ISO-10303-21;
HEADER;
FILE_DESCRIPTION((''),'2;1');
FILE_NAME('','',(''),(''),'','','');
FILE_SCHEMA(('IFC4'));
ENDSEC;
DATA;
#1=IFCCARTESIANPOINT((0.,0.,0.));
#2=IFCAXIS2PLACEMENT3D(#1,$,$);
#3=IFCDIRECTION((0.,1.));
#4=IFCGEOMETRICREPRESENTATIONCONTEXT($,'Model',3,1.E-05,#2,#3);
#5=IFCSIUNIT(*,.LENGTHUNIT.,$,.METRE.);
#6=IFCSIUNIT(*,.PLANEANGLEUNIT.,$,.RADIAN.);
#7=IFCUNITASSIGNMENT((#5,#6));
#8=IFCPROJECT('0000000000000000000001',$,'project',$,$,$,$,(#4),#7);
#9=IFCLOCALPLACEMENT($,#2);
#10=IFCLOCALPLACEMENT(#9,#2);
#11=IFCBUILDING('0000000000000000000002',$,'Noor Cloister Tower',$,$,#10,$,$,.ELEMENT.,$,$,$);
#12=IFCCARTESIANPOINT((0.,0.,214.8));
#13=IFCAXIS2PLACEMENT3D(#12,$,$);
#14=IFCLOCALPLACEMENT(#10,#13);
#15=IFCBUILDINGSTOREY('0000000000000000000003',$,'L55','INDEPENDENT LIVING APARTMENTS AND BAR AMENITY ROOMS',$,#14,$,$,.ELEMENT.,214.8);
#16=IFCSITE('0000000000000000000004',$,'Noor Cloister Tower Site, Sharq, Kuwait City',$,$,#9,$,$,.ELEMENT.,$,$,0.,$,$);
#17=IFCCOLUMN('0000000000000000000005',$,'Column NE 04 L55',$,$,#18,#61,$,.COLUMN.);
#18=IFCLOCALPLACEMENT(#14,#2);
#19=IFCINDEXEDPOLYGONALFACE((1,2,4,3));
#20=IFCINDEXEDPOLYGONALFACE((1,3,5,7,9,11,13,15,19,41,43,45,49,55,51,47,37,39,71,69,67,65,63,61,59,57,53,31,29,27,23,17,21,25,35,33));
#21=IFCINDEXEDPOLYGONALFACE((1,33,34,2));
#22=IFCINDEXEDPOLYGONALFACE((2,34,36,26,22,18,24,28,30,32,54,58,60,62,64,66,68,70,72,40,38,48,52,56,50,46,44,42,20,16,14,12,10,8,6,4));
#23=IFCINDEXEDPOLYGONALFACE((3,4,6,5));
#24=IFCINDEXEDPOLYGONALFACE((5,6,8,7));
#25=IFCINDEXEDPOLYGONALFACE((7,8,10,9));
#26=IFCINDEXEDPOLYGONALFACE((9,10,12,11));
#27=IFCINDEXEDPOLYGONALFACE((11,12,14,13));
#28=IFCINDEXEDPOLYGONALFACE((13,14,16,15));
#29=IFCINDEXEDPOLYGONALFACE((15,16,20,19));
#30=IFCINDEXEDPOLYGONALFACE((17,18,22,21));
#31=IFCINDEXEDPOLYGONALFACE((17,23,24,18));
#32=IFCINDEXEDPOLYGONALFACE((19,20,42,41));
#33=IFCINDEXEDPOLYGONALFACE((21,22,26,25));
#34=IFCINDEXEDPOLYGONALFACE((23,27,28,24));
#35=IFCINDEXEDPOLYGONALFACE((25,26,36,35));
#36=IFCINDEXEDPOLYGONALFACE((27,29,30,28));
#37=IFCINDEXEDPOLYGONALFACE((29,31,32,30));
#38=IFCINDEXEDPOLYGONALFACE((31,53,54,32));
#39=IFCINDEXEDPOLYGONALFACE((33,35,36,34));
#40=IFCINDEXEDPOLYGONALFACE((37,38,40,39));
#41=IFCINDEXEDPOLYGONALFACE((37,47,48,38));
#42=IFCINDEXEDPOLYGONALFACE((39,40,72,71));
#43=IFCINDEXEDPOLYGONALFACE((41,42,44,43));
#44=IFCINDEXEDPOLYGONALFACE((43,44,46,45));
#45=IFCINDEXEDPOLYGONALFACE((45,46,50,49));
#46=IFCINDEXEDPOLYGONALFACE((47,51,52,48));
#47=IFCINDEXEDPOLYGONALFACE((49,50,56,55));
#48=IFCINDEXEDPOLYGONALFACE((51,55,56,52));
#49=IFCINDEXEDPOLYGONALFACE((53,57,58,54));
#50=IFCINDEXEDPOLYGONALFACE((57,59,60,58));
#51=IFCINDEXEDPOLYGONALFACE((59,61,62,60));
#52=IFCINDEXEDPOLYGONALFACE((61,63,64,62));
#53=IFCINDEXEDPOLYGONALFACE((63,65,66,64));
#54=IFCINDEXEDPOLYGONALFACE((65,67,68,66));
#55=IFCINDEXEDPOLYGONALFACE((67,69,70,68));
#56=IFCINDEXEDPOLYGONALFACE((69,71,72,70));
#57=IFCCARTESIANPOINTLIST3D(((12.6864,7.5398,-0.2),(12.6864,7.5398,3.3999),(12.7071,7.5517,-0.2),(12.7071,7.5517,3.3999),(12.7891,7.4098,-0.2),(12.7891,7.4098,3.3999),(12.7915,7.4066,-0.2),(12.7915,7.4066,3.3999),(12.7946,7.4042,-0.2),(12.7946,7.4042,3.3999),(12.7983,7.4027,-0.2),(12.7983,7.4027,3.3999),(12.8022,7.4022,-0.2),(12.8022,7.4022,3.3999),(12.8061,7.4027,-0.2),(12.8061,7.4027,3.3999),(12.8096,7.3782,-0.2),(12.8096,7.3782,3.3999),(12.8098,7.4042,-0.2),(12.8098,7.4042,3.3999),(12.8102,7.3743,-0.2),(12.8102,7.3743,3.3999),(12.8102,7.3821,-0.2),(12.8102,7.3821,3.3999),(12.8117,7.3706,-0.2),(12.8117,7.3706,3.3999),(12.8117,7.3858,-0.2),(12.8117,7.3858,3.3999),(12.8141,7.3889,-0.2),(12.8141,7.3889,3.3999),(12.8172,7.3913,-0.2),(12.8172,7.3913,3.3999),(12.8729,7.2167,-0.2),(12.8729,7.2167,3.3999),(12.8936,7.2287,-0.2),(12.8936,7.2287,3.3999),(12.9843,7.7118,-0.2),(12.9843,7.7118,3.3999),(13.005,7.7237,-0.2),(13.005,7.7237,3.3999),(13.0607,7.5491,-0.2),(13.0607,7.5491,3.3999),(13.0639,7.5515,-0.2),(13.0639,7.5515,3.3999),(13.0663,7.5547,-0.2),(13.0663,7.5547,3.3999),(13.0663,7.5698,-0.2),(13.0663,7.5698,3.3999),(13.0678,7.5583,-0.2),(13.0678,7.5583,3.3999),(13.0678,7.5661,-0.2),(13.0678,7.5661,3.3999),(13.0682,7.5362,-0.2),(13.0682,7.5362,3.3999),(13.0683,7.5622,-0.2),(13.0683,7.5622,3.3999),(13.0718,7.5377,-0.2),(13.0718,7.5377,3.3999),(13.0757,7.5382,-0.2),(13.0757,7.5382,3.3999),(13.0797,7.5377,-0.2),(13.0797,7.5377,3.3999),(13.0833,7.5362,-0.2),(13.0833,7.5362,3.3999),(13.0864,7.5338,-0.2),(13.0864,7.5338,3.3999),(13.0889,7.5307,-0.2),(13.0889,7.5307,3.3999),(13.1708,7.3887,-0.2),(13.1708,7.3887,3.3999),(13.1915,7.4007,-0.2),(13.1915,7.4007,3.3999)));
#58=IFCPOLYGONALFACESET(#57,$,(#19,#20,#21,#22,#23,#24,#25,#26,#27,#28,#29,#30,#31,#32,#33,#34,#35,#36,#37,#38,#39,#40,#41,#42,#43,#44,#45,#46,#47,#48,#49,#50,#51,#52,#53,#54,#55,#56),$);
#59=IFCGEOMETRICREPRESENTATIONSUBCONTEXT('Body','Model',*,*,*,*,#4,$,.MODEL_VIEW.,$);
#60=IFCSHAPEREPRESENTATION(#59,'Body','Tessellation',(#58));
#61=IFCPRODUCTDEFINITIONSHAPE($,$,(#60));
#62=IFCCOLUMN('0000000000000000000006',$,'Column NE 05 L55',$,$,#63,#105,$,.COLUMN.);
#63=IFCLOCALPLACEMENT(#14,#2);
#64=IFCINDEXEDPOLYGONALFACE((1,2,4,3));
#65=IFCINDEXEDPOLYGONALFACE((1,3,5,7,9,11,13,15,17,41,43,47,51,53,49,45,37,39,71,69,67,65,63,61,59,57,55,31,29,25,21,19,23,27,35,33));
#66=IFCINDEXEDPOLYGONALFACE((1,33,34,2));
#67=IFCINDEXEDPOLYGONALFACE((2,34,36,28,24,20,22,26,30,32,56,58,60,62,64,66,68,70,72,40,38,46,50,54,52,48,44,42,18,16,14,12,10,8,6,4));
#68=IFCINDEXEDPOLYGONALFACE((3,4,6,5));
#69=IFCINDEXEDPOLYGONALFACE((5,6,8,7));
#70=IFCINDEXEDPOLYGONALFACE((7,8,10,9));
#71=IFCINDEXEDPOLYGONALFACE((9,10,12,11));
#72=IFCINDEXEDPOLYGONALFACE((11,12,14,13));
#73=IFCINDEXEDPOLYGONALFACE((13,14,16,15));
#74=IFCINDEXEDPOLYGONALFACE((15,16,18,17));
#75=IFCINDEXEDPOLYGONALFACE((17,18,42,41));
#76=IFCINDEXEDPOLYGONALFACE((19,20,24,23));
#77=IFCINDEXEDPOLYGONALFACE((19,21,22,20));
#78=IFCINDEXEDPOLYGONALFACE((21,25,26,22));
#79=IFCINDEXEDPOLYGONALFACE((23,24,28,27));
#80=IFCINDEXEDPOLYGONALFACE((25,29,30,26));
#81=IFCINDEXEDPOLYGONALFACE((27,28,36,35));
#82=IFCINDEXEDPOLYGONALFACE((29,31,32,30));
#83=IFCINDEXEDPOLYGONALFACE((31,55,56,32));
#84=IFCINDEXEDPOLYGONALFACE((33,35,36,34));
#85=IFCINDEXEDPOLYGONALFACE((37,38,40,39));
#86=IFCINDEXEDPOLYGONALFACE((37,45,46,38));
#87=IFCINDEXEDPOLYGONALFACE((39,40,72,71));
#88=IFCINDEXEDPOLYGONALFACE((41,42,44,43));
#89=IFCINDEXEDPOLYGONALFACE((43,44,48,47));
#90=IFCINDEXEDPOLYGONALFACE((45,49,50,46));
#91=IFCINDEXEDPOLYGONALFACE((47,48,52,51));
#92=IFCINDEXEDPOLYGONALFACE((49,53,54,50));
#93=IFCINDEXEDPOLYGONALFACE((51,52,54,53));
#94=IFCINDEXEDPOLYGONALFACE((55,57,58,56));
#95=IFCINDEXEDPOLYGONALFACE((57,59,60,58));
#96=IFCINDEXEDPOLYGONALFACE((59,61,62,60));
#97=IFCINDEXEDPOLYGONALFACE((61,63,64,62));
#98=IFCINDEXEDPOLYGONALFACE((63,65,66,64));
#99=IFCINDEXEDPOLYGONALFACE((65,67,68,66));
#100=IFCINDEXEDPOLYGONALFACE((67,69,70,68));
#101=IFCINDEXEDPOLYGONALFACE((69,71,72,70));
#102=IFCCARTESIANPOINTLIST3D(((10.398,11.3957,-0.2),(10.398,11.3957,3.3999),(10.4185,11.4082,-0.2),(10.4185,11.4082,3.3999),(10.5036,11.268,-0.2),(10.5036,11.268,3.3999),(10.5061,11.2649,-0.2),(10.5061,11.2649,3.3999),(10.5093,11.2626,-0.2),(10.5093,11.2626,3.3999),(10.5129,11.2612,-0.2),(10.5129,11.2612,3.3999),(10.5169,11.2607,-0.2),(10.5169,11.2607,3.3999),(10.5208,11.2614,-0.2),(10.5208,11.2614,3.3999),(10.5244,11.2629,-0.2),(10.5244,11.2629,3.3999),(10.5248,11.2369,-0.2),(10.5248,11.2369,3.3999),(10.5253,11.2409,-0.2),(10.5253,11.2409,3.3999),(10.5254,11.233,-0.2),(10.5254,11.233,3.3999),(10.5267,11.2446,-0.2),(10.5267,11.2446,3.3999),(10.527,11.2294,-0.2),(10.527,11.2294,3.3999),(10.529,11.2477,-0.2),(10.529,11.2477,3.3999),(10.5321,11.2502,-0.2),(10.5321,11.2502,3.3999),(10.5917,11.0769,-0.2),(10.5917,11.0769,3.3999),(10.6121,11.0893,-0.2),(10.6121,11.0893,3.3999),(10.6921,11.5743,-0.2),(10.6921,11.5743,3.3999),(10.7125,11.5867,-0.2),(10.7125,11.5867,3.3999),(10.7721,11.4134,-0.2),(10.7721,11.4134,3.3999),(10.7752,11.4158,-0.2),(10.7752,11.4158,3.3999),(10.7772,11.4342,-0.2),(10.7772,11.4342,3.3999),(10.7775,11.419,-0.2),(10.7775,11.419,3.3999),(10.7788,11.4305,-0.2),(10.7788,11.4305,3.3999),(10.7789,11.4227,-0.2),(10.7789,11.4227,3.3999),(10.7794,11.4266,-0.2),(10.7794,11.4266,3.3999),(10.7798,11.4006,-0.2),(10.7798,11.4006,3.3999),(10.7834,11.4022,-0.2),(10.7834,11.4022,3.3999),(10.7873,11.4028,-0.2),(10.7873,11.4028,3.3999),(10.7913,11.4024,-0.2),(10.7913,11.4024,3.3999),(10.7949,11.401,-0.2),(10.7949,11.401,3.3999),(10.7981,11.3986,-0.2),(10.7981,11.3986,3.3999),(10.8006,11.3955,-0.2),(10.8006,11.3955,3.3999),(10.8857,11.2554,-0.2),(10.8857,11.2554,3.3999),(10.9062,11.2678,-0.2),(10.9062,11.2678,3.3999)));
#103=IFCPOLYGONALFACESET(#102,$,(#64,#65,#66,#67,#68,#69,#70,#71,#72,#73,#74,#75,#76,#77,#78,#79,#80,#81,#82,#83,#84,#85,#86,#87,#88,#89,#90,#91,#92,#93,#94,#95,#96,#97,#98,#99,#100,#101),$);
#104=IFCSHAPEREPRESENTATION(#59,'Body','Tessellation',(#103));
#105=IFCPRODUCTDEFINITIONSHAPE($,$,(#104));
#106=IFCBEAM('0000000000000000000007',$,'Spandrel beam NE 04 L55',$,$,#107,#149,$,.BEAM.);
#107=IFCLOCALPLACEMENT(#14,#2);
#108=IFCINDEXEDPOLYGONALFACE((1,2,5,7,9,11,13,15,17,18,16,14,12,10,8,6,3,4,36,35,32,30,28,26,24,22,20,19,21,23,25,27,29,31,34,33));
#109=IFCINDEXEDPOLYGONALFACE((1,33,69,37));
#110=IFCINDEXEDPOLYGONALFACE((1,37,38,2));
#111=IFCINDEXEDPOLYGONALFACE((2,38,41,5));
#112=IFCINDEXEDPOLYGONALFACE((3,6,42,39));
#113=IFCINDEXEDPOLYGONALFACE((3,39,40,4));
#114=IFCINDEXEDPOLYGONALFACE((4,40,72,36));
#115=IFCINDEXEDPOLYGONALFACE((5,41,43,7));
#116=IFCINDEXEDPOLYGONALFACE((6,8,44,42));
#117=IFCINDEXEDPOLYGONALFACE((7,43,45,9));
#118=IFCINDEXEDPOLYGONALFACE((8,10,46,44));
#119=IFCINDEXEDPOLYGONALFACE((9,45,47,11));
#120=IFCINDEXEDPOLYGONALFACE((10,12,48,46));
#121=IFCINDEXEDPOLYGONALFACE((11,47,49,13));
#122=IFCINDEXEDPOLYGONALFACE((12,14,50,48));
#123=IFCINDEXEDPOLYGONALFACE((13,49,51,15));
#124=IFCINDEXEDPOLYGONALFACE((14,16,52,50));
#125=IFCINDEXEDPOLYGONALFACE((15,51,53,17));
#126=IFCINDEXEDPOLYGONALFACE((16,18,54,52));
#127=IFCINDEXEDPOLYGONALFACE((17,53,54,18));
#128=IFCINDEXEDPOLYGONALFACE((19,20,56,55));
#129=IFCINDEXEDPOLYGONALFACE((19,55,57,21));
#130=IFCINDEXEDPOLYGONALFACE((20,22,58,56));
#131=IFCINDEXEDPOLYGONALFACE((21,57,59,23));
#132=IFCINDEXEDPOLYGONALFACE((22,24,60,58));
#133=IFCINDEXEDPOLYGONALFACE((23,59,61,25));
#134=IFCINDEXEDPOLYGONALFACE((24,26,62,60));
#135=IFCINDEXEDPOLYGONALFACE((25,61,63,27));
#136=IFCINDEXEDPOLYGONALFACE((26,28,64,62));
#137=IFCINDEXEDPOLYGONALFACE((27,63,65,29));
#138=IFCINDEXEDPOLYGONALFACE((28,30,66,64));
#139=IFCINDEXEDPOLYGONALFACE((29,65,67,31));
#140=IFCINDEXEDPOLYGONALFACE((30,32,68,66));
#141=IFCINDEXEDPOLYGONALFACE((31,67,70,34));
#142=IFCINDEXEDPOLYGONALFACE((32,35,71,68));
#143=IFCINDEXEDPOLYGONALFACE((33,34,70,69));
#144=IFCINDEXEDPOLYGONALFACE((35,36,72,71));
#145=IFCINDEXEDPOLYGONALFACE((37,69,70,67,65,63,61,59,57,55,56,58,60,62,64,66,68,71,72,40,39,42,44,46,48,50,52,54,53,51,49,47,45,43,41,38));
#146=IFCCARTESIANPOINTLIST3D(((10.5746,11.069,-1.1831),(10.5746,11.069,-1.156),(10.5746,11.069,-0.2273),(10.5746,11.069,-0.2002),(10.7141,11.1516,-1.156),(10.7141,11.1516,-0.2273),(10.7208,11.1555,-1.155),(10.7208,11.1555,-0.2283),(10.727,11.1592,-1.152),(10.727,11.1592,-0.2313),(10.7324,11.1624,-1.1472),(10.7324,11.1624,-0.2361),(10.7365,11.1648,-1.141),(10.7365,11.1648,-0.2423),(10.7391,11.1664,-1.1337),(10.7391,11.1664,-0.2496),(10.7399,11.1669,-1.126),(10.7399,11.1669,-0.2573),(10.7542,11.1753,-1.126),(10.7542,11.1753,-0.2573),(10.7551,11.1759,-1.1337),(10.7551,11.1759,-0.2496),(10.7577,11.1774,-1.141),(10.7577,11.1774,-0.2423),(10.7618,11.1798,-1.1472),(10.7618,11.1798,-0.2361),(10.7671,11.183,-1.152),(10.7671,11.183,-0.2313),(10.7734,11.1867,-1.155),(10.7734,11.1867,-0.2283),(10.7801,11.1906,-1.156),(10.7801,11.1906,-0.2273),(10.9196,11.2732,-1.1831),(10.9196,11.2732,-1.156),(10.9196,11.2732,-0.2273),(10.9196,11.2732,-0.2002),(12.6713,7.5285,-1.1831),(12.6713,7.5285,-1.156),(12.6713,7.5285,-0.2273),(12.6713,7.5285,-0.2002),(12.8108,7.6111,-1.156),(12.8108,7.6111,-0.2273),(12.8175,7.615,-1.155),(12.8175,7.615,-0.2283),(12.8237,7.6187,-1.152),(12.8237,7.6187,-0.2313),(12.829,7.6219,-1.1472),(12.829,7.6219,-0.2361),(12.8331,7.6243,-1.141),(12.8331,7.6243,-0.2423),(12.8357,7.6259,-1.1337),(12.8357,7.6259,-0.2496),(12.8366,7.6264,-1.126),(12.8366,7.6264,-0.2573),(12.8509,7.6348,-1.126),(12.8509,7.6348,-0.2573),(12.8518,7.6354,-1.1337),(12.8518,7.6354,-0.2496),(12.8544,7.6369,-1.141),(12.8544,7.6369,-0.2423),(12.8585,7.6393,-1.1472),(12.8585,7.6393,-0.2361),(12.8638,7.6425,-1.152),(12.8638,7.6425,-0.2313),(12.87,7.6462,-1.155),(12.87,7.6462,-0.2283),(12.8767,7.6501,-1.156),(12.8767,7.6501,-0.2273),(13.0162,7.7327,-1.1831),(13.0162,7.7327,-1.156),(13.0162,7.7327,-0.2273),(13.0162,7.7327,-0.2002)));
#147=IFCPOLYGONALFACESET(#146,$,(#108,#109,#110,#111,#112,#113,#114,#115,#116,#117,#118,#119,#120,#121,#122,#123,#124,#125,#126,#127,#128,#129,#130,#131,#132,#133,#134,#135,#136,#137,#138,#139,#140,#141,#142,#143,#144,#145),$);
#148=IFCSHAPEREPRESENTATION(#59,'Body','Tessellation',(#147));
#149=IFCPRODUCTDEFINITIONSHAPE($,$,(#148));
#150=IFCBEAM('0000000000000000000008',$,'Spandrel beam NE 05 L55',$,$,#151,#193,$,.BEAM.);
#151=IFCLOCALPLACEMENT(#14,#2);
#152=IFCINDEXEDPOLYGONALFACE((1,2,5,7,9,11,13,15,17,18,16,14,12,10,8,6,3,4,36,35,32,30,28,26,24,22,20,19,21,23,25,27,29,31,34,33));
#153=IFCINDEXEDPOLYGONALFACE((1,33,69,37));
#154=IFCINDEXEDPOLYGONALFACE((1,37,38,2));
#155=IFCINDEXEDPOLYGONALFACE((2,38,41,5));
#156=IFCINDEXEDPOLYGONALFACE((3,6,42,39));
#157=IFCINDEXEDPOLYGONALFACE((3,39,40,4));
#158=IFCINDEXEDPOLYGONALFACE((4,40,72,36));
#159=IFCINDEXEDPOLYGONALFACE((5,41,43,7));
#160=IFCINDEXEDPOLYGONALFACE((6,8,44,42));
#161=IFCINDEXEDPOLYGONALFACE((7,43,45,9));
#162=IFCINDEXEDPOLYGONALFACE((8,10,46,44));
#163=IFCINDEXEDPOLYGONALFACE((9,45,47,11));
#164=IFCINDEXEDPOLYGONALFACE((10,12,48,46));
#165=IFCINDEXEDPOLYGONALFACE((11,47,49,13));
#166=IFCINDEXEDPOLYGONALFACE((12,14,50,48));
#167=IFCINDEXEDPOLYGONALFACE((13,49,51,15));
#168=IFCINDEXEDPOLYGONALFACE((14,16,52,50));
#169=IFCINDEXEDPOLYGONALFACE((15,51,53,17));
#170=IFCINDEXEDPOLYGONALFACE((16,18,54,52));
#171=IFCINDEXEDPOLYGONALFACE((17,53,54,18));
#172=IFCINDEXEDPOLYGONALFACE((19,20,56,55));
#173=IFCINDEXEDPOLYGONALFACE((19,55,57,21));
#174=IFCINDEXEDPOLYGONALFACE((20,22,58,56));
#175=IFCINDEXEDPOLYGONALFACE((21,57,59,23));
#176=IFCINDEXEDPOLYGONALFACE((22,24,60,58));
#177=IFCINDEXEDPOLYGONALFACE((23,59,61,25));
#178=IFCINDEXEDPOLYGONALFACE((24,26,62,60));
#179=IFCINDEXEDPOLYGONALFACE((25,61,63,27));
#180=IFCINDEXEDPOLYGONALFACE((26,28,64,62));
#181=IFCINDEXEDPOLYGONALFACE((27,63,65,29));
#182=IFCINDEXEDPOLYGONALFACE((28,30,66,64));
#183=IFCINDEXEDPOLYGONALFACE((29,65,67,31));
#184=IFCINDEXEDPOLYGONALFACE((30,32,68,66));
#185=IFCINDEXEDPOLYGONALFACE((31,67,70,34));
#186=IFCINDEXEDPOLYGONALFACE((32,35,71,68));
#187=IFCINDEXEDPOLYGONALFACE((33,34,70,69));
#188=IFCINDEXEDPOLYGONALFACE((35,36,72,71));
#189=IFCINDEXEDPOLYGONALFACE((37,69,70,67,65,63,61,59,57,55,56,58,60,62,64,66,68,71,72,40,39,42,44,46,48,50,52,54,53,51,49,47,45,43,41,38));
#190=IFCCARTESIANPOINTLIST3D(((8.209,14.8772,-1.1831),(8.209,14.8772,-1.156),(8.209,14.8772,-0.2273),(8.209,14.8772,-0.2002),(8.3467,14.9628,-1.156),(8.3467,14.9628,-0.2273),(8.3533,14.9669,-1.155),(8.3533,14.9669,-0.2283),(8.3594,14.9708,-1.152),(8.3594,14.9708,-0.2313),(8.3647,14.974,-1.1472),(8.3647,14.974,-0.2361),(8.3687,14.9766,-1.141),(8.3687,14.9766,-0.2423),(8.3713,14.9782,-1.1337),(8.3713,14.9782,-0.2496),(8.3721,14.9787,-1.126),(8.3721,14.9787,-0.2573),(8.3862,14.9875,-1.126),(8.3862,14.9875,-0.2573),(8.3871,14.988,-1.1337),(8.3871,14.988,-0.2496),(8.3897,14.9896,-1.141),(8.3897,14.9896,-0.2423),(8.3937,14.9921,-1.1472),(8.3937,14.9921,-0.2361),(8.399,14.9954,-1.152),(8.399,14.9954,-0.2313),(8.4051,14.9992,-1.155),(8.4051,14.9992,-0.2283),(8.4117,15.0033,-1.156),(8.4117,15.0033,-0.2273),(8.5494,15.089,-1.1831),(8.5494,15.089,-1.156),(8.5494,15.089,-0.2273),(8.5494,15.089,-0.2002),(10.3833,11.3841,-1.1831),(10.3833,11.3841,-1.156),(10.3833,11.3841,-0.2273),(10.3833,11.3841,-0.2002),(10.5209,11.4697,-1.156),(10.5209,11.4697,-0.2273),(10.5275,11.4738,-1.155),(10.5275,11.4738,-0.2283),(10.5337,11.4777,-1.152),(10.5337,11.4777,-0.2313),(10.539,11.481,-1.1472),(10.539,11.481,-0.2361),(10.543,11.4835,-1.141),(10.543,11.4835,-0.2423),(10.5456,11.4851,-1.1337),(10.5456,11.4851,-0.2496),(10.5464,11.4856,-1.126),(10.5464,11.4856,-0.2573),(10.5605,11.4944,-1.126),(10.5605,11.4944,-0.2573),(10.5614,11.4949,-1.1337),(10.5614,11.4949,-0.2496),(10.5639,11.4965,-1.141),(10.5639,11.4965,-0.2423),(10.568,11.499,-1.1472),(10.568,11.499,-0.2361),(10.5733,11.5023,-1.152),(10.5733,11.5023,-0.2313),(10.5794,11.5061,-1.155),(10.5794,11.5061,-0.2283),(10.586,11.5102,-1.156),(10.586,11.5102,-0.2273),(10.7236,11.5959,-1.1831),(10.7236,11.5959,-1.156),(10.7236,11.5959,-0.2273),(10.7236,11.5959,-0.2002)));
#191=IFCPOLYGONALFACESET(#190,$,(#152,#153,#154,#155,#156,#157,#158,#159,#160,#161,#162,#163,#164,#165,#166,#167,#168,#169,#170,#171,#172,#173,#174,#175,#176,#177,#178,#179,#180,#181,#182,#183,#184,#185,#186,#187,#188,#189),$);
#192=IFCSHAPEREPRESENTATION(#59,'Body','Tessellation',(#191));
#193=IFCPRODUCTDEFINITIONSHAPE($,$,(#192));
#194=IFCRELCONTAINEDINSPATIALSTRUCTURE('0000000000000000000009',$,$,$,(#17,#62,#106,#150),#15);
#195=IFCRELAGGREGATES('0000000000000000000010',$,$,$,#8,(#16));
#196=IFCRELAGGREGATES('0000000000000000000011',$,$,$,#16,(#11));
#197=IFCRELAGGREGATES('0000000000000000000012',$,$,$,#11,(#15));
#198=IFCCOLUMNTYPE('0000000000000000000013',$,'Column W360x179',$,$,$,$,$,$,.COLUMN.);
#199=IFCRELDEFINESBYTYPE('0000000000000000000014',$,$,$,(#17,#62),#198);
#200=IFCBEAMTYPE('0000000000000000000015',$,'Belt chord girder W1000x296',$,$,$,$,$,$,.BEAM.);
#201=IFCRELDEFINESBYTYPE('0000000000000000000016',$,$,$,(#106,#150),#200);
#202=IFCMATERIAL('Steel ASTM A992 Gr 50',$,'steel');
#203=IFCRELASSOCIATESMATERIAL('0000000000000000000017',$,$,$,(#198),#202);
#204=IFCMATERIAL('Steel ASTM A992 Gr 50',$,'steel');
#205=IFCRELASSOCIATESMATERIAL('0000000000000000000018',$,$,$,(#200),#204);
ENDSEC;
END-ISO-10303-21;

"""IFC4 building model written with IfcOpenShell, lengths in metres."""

from ifc_helpers import new_model, si_unit, direction, frame, origin, origin_2d, place, context, subcontext, project, spatial, i_section, extrude, material, material_profile, profile_set, type_object, element, save


model = new_model("IFC4")

# Units and contexts
model_context = context("Model", 3, precision=1e-05, world=origin(), true_north=direction((0.0, 1.0)))
body_context = subcontext(model_context, "Body", "Model", "MODEL_VIEW")
ifc_project = project(units=[si_unit("LENGTHUNIT", "METRE"), si_unit("PLANEANGLEUNIT", "RADIAN")], contexts=[model_context])

# Site, building, storey
site_placement = place(None, origin())
site = spatial("IfcSite", under=ifc_project, at=site_placement, Name="Noor Cloister Tower Site, Sharq, Kuwait City", CompositionType="ELEMENT", RefElevation=0.0)
building_placement = place(site_placement, origin())
building = spatial("IfcBuilding", under=site, at=building_placement, Name="Noor Cloister Tower", CompositionType="ELEMENT")
storey_placement = place(building_placement, frame((0.0, 0.0, 214.8)))
storey = spatial("IfcBuildingStorey", under=building, at=storey_placement, Name="L55", Description="INDEPENDENT LIVING APARTMENTS AND BAR AMENITY ROOMS", CompositionType="ELEMENT", Elevation=214.8)

# Columns
ifc_material_1 = material(Name="Steel ASTM A992 Gr 50", Category="steel")
ifc_material_profile_1 = material_profile(ifc_material_1, i_section(OverallWidth=0.373, OverallDepth=0.3679, WebThickness=0.0149, FlangeThickness=0.0239, FilletRadius=0.0151, at=origin_2d()), Name="W360x179")
ifc_profile_set_1 = profile_set([ifc_material_profile_1], Name="Steel ASTM A992 Gr 50")
column_type = type_object("IfcColumnType", Name="Column W360x179", PredefinedType="COLUMN", material=ifc_profile_set_1)
for number, where, z_axis, x_axis, name in (
    (1, (12.939, 7.4702, -0.2), (0.0, 0.0, 1.0), (-0.5, 0.866025, 0.0), "Column NE 04 L55"),
    (2, (10.6521, 11.3318, -0.2), (0.0, 0.0, 1.0), (-0.519044, 0.854747, 0.0), "Column NE 05 L55"),
):
    element("IfcColumn", number, at=place(storey_placement, frame(where, z_axis=z_axis, x_axis=x_axis)), inside=storey, type_object=column_type, Name=name, PredefinedType="COLUMN", context=body_context, shape_type="SweptSolid", body=[
        extrude(i_section(OverallWidth=0.373, OverallDepth=0.3679, WebThickness=0.0149, FlangeThickness=0.0239, FilletRadius=0.0151, at=origin_2d()), origin(), (0.0, 0.0, 1.0), 3.5999),
    ])

# Beams
ifc_material_2 = material(Name="Steel ASTM A992 Gr 50", Category="steel")
ifc_material_profile_2 = material_profile(ifc_material_2, i_section(OverallWidth=0.4009, OverallDepth=0.9829, WebThickness=0.0166, FlangeThickness=0.0271, FilletRadius=0.03, at=origin_2d()), Name="W1000x296")
ifc_profile_set_2 = profile_set([ifc_material_profile_2], Name="Steel ASTM A992 Gr 50")
beam_type_1 = type_object("IfcBeamType", Name="Belt chord girder W1000x296", PredefinedType="BEAM", material=ifc_profile_set_2)
beam_1_placement = place(storey_placement, frame((12.8438, 7.6306, -0.6917), z_axis=(-0.509549, 0.860442, 0.0), x_axis=(-0.860442, -0.509549, 0.0)))
element("IfcBeam", 3, at=beam_1_placement, inside=storey, type_object=beam_type_1, Name="Spandrel beam NE 04 L55", PredefinedType="BEAM", context=body_context, shape_type="SweptSolid", body=[
    extrude(i_section(OverallWidth=0.4009, OverallDepth=0.9829, WebThickness=0.0166, FlangeThickness=0.0271, FilletRadius=0.03, at=origin_2d()), origin(), (0.0, 0.0, 1.0), 4.1147),
])
beam_2_placement = place(storey_placement, frame((10.5535, 11.49, -0.6917), z_axis=(-0.528441, 0.84897, 0.0), x_axis=(-0.84897, -0.528441, 0.0)))
element("IfcBeam", 4, at=beam_2_placement, inside=storey, type_object=beam_type_1, Name="Spandrel beam NE 05 L55", PredefinedType="BEAM", context=body_context, shape_type="SweptSolid", body=[
    extrude(i_section(OverallWidth=0.4009, OverallDepth=0.9829, WebThickness=0.0166, FlangeThickness=0.0271, FilletRadius=0.03, at=origin_2d()), origin(), (0.0, 0.0, 1.0), 4.1145),
])

save(model, "model.ifc")
